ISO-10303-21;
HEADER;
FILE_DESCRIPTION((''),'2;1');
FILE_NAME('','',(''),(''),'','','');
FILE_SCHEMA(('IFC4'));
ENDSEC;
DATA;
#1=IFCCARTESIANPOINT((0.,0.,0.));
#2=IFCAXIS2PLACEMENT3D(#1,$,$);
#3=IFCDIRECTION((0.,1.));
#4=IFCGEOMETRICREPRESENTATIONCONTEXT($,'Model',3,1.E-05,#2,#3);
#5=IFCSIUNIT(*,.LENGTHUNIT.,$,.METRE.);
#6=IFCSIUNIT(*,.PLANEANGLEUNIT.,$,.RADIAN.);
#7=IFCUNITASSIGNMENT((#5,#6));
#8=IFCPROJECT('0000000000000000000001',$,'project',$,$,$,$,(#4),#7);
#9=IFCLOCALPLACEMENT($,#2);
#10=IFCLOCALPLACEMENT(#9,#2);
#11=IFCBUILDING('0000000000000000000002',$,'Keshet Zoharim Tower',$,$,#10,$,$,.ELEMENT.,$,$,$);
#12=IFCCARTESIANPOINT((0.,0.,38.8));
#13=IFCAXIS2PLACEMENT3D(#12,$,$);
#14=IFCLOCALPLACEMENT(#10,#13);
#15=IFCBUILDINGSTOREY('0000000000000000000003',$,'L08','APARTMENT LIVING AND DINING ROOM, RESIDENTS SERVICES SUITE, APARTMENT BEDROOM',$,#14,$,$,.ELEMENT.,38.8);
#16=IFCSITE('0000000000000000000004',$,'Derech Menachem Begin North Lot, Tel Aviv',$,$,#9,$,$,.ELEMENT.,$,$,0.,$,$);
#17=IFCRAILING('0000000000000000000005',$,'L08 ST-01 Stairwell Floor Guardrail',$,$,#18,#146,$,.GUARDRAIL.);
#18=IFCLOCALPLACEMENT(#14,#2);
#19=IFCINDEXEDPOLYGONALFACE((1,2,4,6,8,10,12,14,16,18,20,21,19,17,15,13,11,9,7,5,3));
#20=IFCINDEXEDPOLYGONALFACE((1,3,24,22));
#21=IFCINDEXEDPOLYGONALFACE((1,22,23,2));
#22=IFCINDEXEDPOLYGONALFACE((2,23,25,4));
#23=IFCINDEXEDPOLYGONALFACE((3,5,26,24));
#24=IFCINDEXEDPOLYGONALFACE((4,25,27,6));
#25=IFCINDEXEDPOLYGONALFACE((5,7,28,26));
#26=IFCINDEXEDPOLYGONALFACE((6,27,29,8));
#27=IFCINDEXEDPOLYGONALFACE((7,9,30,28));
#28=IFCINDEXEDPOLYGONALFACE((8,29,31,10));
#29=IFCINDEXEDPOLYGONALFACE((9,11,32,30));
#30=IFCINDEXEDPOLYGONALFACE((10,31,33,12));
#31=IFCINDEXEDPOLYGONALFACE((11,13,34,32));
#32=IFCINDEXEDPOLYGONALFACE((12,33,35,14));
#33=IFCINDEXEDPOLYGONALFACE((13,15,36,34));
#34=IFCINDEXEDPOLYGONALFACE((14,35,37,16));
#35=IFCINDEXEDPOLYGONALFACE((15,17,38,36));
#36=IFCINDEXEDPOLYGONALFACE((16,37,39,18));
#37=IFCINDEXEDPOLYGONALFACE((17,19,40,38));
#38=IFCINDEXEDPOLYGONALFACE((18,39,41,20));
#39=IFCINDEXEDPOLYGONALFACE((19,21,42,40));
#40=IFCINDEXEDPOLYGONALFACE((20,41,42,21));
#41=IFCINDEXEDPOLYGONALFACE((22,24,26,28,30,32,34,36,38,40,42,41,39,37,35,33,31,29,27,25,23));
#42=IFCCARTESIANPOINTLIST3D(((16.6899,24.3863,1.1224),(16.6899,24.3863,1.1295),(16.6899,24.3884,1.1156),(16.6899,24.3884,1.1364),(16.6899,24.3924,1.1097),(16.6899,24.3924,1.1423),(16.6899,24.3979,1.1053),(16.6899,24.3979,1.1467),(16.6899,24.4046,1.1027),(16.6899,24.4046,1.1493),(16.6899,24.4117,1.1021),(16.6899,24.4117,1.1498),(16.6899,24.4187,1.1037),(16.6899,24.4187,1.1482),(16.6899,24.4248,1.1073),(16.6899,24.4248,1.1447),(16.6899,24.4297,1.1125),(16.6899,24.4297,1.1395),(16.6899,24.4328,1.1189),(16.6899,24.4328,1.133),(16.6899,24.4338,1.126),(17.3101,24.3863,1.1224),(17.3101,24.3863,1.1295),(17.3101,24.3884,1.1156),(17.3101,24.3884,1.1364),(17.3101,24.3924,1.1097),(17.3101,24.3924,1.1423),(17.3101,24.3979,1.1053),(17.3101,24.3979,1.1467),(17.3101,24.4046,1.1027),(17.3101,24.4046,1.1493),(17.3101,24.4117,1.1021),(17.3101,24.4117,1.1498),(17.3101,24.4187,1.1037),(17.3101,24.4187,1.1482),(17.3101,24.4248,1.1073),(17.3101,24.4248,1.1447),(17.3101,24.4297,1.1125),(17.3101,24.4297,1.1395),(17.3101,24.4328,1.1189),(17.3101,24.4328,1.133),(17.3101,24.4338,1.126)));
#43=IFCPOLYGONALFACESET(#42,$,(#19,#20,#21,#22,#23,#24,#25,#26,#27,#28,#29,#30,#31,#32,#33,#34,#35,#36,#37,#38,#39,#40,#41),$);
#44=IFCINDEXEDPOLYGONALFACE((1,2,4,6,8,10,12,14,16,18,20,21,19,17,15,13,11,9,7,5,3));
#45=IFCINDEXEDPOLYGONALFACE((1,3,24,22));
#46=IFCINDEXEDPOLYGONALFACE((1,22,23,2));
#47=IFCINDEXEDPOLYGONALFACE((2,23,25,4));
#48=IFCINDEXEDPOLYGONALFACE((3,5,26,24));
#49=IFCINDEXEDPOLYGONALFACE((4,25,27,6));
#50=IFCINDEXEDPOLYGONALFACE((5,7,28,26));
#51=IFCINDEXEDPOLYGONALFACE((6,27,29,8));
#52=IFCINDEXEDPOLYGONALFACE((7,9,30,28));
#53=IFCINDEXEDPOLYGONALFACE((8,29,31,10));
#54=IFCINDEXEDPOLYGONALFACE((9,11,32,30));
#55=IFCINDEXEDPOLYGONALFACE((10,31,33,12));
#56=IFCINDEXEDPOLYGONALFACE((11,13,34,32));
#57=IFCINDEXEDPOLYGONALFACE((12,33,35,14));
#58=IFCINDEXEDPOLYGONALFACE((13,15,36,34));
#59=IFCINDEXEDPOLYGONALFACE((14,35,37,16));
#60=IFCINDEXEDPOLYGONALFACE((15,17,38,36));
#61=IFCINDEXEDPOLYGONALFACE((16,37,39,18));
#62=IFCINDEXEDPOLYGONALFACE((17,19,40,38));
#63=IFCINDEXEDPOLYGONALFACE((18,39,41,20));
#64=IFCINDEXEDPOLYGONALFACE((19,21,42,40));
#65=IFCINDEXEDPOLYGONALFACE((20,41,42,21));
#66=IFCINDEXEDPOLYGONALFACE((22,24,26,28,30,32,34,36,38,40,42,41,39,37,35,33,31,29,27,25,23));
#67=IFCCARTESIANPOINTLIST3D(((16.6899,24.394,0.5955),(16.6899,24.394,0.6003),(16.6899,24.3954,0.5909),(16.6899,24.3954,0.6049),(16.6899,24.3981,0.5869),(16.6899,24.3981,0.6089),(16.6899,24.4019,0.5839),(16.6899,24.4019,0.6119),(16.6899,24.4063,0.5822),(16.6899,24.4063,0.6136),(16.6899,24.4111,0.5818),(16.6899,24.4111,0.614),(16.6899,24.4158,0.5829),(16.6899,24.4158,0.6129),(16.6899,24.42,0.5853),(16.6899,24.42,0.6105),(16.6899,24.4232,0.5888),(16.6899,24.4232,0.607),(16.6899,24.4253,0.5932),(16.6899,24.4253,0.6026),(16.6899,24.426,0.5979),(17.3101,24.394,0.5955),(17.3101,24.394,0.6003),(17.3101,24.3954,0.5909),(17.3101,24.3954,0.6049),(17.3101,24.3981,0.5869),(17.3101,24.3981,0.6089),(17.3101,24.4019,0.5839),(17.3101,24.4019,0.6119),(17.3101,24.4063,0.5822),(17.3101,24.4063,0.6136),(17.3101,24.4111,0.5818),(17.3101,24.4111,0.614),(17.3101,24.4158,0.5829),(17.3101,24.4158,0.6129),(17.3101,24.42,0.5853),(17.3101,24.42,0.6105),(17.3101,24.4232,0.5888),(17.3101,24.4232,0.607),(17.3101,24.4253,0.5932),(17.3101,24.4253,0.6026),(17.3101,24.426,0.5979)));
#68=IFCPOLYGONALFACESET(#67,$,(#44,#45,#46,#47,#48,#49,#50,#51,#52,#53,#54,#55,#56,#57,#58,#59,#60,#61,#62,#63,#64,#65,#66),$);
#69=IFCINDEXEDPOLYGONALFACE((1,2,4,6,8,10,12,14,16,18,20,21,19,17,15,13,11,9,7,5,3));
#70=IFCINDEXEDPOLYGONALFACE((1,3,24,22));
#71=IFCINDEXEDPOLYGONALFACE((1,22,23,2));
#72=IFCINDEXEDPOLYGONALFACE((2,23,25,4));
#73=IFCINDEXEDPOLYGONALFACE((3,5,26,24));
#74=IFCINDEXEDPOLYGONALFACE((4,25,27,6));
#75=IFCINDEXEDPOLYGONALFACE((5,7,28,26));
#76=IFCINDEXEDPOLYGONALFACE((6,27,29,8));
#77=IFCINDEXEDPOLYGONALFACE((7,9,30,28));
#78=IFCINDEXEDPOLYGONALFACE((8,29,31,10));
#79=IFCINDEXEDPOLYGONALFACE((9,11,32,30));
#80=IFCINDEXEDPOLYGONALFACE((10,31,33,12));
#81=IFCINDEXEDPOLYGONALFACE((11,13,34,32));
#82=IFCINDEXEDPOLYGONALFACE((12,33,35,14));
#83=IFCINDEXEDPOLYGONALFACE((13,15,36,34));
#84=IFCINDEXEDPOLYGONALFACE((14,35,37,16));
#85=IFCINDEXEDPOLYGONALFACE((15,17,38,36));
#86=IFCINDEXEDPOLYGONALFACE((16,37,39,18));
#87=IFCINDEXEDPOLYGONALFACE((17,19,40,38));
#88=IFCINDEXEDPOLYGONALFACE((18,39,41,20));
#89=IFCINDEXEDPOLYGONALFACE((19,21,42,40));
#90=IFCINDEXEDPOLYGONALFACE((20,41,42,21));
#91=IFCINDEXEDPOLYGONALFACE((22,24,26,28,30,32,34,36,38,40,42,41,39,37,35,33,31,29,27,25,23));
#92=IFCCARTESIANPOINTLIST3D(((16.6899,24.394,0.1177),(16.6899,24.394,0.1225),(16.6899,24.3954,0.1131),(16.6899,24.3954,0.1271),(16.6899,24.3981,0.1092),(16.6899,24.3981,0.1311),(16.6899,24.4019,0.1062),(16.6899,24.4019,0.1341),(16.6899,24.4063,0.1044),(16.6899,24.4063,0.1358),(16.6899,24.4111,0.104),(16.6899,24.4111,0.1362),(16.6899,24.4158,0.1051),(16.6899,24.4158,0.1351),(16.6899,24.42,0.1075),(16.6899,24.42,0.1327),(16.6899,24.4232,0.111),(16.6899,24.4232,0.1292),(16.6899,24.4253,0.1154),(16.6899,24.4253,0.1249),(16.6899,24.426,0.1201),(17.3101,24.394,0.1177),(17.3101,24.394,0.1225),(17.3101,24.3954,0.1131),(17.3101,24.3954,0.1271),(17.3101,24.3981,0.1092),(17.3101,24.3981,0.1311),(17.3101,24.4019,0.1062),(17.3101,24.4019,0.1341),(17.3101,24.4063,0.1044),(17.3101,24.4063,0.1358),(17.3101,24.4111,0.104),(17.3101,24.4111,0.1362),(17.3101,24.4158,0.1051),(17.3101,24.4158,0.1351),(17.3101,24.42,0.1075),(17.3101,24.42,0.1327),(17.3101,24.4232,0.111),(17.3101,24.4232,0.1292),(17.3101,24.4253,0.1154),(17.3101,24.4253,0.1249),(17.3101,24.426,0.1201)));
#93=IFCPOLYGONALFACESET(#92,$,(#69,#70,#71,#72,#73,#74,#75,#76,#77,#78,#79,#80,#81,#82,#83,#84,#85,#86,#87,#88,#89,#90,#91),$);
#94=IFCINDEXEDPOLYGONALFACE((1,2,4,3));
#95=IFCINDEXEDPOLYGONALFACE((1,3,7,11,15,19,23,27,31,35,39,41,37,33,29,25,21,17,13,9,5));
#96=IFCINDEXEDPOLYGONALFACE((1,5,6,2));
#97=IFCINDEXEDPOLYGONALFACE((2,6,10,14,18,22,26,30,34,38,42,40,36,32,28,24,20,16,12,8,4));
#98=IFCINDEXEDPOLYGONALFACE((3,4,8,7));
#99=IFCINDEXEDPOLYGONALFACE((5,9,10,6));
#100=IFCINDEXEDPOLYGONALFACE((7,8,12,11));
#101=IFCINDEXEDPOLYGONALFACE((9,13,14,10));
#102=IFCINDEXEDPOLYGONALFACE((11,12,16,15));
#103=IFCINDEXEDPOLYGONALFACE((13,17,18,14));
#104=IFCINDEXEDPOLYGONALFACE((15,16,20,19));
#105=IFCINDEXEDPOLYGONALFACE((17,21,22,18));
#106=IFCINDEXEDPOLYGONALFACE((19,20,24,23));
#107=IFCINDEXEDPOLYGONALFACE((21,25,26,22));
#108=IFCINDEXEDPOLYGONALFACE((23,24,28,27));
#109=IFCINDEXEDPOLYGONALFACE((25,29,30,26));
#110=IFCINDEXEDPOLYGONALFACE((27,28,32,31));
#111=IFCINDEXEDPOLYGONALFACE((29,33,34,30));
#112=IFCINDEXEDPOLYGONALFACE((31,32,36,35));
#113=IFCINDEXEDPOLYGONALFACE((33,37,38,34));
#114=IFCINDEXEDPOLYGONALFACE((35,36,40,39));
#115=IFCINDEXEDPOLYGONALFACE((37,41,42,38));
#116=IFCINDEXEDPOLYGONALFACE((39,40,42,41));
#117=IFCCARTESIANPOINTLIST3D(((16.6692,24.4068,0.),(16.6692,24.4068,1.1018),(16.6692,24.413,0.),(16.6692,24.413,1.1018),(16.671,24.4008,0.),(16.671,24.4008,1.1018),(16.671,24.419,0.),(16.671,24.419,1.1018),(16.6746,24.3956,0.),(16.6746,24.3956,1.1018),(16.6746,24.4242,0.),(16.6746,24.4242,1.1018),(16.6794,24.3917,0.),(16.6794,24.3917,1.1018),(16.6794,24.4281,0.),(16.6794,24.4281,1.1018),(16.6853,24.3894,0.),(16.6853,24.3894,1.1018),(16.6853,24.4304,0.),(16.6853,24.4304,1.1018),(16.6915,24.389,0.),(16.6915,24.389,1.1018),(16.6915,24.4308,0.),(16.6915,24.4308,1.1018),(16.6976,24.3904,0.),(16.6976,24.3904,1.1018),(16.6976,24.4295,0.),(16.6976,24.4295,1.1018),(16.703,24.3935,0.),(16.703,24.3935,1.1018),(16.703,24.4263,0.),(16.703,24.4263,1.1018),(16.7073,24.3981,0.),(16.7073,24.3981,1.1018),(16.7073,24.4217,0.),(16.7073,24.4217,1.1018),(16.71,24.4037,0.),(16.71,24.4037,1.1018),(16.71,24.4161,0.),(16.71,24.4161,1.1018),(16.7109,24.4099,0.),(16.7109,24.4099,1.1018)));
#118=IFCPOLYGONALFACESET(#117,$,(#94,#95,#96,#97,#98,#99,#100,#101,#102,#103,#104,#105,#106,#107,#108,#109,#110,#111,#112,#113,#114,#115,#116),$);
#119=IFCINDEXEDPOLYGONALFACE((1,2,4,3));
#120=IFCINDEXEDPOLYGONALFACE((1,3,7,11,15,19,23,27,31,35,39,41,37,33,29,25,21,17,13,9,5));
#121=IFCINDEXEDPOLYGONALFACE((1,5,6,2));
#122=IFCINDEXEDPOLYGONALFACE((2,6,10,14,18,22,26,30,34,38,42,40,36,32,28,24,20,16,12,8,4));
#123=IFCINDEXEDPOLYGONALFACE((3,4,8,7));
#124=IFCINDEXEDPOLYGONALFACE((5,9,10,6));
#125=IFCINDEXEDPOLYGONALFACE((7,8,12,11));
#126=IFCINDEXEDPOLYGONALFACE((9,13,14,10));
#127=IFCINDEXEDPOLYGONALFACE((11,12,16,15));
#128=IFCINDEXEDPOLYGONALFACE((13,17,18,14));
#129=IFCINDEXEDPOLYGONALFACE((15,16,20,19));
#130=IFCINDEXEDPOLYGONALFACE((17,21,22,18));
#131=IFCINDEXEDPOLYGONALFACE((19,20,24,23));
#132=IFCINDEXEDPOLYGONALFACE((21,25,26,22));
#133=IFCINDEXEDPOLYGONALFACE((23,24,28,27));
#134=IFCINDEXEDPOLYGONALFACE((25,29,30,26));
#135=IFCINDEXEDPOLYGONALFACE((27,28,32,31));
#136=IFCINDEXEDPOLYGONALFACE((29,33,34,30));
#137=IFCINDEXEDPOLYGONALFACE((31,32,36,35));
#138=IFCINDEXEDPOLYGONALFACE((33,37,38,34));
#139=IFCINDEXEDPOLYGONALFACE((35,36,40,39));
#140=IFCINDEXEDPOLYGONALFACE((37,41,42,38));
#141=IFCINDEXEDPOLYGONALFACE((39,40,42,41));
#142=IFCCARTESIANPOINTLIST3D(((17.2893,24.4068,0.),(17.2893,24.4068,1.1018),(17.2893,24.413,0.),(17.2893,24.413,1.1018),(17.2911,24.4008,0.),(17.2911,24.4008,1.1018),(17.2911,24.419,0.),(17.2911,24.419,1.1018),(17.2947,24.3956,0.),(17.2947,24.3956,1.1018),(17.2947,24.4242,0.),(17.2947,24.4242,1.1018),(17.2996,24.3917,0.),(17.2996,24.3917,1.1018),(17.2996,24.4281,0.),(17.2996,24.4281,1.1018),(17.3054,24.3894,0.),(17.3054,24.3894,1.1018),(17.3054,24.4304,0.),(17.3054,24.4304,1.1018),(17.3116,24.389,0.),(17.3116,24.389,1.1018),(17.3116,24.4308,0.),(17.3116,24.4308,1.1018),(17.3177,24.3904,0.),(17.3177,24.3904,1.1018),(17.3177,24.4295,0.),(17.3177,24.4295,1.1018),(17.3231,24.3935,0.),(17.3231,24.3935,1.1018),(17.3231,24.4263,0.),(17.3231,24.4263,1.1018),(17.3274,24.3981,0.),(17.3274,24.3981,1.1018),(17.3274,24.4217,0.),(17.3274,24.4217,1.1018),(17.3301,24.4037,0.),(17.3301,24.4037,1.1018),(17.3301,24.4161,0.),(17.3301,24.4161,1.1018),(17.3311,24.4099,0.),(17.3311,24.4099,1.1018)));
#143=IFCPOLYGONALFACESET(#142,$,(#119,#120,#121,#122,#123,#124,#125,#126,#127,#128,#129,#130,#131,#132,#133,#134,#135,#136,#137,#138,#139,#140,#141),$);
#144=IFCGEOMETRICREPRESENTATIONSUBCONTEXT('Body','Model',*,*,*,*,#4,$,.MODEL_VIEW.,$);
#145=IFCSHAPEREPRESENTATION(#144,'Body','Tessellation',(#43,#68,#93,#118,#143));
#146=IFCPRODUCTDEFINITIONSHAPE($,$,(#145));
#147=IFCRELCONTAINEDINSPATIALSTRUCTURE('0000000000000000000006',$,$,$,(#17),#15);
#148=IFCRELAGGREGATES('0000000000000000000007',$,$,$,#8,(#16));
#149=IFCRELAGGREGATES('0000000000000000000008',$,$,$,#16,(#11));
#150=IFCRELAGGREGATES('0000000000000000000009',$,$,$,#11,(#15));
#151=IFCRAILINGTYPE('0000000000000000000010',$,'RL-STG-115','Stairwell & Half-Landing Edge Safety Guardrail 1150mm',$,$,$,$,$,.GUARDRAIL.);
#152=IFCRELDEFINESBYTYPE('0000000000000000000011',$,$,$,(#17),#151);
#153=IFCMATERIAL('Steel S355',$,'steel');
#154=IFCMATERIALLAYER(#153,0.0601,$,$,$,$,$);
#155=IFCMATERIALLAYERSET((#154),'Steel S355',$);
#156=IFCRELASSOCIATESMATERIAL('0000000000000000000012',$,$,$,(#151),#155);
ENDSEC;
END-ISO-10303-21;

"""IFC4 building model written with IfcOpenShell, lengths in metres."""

from ifc_helpers import new_model, si_unit, direction, frame, origin, origin_2d, place, context, subcontext, project, spatial, circle, extrude, material, layer, layer_set, type_object, element, save


model = new_model("IFC4")

# Units and contexts
model_context = context("Model", 3, precision=1e-05, world=origin(), true_north=direction((0.0, 1.0)))
body_context = subcontext(model_context, "Body", "Model", "MODEL_VIEW")
ifc_project = project(units=[si_unit("LENGTHUNIT", "METRE"), si_unit("PLANEANGLEUNIT", "RADIAN")], contexts=[model_context])

# Site, building, storey
site_placement = place(None, origin())
site = spatial("IfcSite", under=ifc_project, at=site_placement, Name="Derech Menachem Begin North Lot, Tel Aviv", CompositionType="ELEMENT", RefElevation=0.0)
building_placement = place(site_placement, origin())
building = spatial("IfcBuilding", under=site, at=building_placement, Name="Keshet Zoharim Tower", CompositionType="ELEMENT")
storey_placement = place(building_placement, frame((0.0, 0.0, 38.8)))
storey = spatial("IfcBuildingStorey", under=building, at=storey_placement, Name="L08", Description="APARTMENT LIVING AND DINING ROOM, RESIDENTS SERVICES SUITE, APARTMENT BEDROOM", CompositionType="ELEMENT", Elevation=38.8)

# Railing
ifc_material_1 = material(Name="Steel S355", Category="steel")
ifc_layer_1 = layer(ifc_material_1, 0.0601)
ifc_layer_set_1 = layer_set([ifc_layer_1], Name="Steel S355")
railing_type_1 = type_object("IfcRailingType", Name="RL-STG-115", Description="Stairwell & Half-Landing Edge Safety Guardrail 1150mm", PredefinedType="GUARDRAIL", material=ifc_layer_set_1)
railing_1_placement = place(storey_placement, frame((16.6899, 24.4099, 0.0)))
element("IfcRailing", 1, at=railing_1_placement, inside=storey, type_object=railing_type_1, Name="L08 ST-01 Stairwell Floor Guardrail", PredefinedType="GUARDRAIL", context=body_context, shape_type="SweptSolid", body=[
    extrude(circle(Radius=0.0239, at=origin_2d()), frame((0.0, 0.0, 1.126), z_axis=(1.0, 0.0, 0.0), x_axis=(0.0, 1.0, 0.0)), (0.0, 0.0, 1.0), 0.6201),
    extrude(circle(Radius=0.0161, at=origin_2d()), frame((0.0, 0.0, 0.5979), z_axis=(1.0, 0.0, 0.0), x_axis=(0.0, 1.0, 0.0)), (0.0, 0.0, 1.0), 0.6201),
    extrude(circle(Radius=0.0161, at=origin_2d()), frame((0.0, 0.0, 0.1201), z_axis=(1.0, 0.0, 0.0), x_axis=(0.0, 1.0, 0.0)), (0.0, 0.0, 1.0), 0.6201),
    extrude(circle(Radius=0.021, at=origin_2d()), origin(), (0.0, 0.0, 1.0), 1.1018),
    extrude(circle(Radius=0.021, at=origin_2d()), frame((0.6201, 0.0, 0.0)), (0.0, 0.0, 1.0), 1.1018),
])

save(model, "model.ifc")
